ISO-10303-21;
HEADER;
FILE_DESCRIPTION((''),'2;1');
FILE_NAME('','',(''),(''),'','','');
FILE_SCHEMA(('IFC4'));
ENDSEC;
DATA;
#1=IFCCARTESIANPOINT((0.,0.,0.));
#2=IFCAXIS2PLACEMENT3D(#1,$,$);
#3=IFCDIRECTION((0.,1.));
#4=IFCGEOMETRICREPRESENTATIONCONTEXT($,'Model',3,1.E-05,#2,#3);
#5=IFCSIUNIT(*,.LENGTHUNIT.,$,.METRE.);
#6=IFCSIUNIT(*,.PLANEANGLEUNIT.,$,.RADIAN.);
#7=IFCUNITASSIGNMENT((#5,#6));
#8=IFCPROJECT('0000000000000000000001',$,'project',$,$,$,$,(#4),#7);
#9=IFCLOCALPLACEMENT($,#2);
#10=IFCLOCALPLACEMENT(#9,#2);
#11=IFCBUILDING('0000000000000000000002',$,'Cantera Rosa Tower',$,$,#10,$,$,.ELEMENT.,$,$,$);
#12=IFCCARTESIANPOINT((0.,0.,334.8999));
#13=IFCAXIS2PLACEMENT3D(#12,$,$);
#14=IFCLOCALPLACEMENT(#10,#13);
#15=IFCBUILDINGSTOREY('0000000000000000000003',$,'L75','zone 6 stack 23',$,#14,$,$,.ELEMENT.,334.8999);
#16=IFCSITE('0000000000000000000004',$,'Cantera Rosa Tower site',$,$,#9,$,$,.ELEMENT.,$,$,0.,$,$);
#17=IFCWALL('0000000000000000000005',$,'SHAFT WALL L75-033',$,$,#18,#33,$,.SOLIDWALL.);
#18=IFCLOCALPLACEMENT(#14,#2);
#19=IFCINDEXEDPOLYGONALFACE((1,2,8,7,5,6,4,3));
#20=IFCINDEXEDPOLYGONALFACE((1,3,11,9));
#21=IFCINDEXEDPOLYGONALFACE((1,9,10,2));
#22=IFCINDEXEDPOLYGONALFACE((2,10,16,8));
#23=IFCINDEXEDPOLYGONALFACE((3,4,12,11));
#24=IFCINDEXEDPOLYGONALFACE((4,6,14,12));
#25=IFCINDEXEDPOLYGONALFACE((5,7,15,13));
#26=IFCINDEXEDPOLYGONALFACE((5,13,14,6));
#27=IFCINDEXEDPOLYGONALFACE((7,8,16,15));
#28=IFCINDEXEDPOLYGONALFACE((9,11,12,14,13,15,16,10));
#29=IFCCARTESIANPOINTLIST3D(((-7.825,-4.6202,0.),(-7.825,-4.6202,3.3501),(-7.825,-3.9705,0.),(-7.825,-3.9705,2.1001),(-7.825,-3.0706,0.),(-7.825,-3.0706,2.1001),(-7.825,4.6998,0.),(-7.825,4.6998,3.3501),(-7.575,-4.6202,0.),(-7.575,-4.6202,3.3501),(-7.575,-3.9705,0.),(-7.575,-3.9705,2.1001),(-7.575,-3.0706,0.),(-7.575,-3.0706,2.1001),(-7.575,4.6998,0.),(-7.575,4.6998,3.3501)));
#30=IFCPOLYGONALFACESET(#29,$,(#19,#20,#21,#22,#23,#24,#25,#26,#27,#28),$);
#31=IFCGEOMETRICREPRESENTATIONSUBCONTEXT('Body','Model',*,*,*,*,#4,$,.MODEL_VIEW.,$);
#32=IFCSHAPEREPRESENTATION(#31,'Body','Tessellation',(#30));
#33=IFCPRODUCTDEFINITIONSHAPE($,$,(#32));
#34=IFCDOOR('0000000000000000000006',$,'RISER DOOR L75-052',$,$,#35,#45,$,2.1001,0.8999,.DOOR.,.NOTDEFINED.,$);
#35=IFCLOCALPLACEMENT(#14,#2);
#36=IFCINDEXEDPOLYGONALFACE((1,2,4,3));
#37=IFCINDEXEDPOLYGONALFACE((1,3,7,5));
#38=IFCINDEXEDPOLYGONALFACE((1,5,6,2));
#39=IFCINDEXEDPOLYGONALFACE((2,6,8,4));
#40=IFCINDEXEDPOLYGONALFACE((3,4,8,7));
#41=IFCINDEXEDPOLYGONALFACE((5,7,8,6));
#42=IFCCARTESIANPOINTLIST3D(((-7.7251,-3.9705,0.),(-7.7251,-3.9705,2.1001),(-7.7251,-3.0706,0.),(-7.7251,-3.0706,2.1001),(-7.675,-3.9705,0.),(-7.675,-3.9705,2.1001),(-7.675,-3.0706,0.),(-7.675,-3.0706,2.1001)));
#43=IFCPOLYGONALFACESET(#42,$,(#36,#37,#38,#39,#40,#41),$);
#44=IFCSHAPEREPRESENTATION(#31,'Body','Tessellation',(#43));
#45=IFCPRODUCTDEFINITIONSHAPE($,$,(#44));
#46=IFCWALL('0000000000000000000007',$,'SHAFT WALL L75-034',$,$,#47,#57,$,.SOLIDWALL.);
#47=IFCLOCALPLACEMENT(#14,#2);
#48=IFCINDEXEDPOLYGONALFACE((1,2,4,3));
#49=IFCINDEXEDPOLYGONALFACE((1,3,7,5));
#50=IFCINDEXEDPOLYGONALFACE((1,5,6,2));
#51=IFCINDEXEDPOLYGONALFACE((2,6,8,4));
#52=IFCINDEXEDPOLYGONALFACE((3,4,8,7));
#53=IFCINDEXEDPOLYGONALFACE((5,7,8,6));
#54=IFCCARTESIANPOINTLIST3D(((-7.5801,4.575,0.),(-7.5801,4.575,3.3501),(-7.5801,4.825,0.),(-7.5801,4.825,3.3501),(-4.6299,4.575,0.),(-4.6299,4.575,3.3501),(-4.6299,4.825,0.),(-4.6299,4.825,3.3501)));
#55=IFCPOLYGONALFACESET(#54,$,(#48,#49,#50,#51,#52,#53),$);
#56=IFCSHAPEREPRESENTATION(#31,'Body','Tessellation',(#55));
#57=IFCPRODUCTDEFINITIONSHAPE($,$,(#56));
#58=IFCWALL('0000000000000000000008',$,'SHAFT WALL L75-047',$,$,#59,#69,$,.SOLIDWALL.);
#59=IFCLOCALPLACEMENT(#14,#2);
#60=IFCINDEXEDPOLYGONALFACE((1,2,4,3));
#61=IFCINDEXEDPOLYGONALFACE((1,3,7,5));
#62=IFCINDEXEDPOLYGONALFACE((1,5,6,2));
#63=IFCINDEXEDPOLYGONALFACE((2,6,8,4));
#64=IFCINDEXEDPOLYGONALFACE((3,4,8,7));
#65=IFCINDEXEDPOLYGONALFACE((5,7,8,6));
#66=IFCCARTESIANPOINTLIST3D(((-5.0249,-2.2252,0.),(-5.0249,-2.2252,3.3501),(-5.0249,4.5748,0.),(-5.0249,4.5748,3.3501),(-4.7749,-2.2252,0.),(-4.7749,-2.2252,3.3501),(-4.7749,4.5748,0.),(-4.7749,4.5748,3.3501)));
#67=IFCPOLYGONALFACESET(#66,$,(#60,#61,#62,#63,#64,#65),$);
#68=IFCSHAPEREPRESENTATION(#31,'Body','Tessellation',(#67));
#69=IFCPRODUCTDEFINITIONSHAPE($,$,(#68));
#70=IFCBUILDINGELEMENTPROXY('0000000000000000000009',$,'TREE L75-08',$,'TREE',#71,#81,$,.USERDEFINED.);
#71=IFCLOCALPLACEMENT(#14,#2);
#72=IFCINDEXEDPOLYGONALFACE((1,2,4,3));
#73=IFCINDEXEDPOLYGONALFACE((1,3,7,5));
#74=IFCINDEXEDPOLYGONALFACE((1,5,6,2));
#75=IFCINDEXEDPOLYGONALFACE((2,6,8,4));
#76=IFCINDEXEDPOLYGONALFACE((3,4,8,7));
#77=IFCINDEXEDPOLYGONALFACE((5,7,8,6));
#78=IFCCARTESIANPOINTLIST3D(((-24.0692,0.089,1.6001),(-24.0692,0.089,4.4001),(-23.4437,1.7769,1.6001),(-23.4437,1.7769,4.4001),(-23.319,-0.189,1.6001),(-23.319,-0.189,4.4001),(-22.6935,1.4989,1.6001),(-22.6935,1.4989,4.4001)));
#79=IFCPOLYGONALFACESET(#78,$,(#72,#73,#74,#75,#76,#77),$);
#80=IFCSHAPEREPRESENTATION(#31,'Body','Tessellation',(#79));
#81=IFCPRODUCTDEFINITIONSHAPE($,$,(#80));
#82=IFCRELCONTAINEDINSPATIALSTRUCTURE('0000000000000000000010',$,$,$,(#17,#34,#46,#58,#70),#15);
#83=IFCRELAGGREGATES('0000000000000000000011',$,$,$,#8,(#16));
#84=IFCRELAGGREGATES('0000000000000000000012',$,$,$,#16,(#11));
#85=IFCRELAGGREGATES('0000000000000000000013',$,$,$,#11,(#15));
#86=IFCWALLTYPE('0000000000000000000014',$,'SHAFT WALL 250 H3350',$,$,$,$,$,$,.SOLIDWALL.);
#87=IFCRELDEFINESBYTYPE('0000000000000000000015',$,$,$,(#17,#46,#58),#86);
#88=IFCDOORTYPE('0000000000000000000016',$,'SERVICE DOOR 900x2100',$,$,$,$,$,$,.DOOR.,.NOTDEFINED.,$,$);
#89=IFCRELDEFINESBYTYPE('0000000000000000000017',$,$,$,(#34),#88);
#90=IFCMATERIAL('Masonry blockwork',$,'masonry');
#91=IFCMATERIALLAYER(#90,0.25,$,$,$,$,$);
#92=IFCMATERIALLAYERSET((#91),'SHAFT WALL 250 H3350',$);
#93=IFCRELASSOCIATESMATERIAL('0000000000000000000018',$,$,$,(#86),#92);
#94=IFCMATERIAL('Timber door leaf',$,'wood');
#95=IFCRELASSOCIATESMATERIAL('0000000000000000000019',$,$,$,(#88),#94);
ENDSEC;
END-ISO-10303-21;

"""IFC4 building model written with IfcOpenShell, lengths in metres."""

from ifc_helpers import new_model, si_unit, direction, frame, frame_2d, origin, origin_2d, place, context, subcontext, project, spatial, rectangle, extrude, material, layer, layer_set, type_object, element, fill, save


model = new_model("IFC4")

# Units and contexts
model_context = context("Model", 3, precision=1e-05, world=origin(), true_north=direction((0.0, 1.0)))
body_context = subcontext(model_context, "Body", "Model", "MODEL_VIEW")
ifc_project = project(units=[si_unit("LENGTHUNIT", "METRE"), si_unit("PLANEANGLEUNIT", "RADIAN")], contexts=[model_context])

# Site, building, storey
site_placement = place(None, origin())
site = spatial("IfcSite", under=ifc_project, at=site_placement, Name="Cantera Rosa Tower site", CompositionType="ELEMENT", RefElevation=0.0)
building_placement = place(site_placement, origin())
building = spatial("IfcBuilding", under=site, at=building_placement, Name="Cantera Rosa Tower", CompositionType="ELEMENT")
storey_placement = place(building_placement, frame((0.0, 0.0, 334.8999)))
storey = spatial("IfcBuildingStorey", under=building, at=storey_placement, Name="L75", Description="zone 6 stack 23", CompositionType="ELEMENT", Elevation=334.8999)

# Shared definitions
ifc_material_1 = material(Name="Masonry blockwork", Category="masonry")
ifc_layer_1 = layer(ifc_material_1, 0.25)
ifc_layer_set_1 = layer_set([ifc_layer_1], Name="SHAFT WALL 250 H3350")
wall_type_1 = type_object("IfcWallType", Name="SHAFT WALL 250 H3350", PredefinedType="SOLIDWALL", material=ifc_layer_set_1)

# Wall, opening, door
wall_1_placement = place(storey_placement, frame((-7.7, 4.7, 0.0), z_axis=(0.0, 0.0, 1.0), x_axis=(0.0, -1.0, 0.0)))
wall_1 = element("IfcWall", 1, at=wall_1_placement, inside=storey, type_object=wall_type_1, Name="SHAFT WALL L75-033", PredefinedType="SOLIDWALL", context=body_context, shape_type="SweptSolid", body=[
    extrude(rectangle(XDim=9.3201, YDim=0.25, at=frame_2d((4.6602, 0.0))), origin(), (0.0, 0.0, 1.0), 3.3501),
])
opening_1_placement = place(wall_1_placement, frame((7.7705, 0.0, 0.0)))
opening_1 = element("IfcOpeningElement", 2, at=opening_1_placement, cuts=wall_1, PredefinedType="OPENING", context=body_context, shape_type="SweptSolid", body=[
    extrude(rectangle(XDim=0.8999, YDim=2.1001, at=frame_2d((0.45, 1.05))), frame((0.0, 0.135, 0.0), z_axis=(0.0, -1.0, 0.0), x_axis=(1.0, 0.0, 0.0)), (0.0, 0.0, 1.0), 0.27),
])
ifc_material_2 = material(Name="Timber door leaf", Category="wood")
door_type_1 = type_object("IfcDoorType", Name="SERVICE DOOR 900x2100", OperationType="NOTDEFINED", PredefinedType="DOOR", material=ifc_material_2)
door_1_placement = place(opening_1_placement, origin())
door_1 = element("IfcDoor", 3, at=door_1_placement, inside=storey, type_object=door_type_1, Name="RISER DOOR L75-052", OperationType="NOTDEFINED", OverallHeight=2.1001, OverallWidth=0.8999, PredefinedType="DOOR", context=body_context, shape_type="SweptSolid", body=[
    extrude(rectangle(XDim=0.8999, YDim=2.1001, at=frame_2d((0.45, 1.05))), frame((0.0, 0.0249, 0.0), z_axis=(0.0, -1.0, 0.0), x_axis=(1.0, 0.0, 0.0)), (0.0, 0.0, 1.0), 0.05),
])
fill(opening_1, door_1)

# Walls
wall_2_placement = place(storey_placement, frame((-7.5801, 4.7, 0.0), z_axis=(0.0, 0.0, 1.0), x_axis=(1.0, 0.0, 0.0)))
element("IfcWall", 4, at=wall_2_placement, inside=storey, type_object=wall_type_1, Name="SHAFT WALL L75-034", PredefinedType="SOLIDWALL", context=body_context, shape_type="SweptSolid", body=[
    extrude(rectangle(XDim=2.9502, YDim=0.25, at=frame_2d((1.4751, 0.0))), origin(), (0.0, 0.0, 1.0), 3.3501),
])
wall_3_placement = place(storey_placement, frame((-4.8999, -2.2251, 0.0), z_axis=(0.0, 0.0, 1.0), x_axis=(0.0, 1.0, 0.0)))
element("IfcWall", 5, at=wall_3_placement, inside=storey, type_object=wall_type_1, Name="SHAFT WALL L75-047", PredefinedType="SOLIDWALL", context=body_context, shape_type="SweptSolid", body=[
    extrude(rectangle(XDim=6.8, YDim=0.25, at=frame_2d((3.3999, 0.0))), origin(), (0.0, 0.0, 1.0), 3.3501),
])

# Building element proxy
proxy_placement = place(storey_placement, frame((-23.3813, 0.7939, 1.6001), z_axis=(0.0, 0.0, 1.0), x_axis=(-0.347481, -0.937687, 0.0)))
element("IfcBuildingElementProxy", 6, at=proxy_placement, inside=storey, Name="TREE L75-08", ObjectType="TREE", PredefinedType="USERDEFINED", context=body_context, shape_type="SweptSolid", body=[
    extrude(rectangle(XDim=1.8, YDim=0.8, at=origin_2d()), origin(), (0.0, 0.0, 1.0), 2.8),
])

save(model, "model.ifc")
